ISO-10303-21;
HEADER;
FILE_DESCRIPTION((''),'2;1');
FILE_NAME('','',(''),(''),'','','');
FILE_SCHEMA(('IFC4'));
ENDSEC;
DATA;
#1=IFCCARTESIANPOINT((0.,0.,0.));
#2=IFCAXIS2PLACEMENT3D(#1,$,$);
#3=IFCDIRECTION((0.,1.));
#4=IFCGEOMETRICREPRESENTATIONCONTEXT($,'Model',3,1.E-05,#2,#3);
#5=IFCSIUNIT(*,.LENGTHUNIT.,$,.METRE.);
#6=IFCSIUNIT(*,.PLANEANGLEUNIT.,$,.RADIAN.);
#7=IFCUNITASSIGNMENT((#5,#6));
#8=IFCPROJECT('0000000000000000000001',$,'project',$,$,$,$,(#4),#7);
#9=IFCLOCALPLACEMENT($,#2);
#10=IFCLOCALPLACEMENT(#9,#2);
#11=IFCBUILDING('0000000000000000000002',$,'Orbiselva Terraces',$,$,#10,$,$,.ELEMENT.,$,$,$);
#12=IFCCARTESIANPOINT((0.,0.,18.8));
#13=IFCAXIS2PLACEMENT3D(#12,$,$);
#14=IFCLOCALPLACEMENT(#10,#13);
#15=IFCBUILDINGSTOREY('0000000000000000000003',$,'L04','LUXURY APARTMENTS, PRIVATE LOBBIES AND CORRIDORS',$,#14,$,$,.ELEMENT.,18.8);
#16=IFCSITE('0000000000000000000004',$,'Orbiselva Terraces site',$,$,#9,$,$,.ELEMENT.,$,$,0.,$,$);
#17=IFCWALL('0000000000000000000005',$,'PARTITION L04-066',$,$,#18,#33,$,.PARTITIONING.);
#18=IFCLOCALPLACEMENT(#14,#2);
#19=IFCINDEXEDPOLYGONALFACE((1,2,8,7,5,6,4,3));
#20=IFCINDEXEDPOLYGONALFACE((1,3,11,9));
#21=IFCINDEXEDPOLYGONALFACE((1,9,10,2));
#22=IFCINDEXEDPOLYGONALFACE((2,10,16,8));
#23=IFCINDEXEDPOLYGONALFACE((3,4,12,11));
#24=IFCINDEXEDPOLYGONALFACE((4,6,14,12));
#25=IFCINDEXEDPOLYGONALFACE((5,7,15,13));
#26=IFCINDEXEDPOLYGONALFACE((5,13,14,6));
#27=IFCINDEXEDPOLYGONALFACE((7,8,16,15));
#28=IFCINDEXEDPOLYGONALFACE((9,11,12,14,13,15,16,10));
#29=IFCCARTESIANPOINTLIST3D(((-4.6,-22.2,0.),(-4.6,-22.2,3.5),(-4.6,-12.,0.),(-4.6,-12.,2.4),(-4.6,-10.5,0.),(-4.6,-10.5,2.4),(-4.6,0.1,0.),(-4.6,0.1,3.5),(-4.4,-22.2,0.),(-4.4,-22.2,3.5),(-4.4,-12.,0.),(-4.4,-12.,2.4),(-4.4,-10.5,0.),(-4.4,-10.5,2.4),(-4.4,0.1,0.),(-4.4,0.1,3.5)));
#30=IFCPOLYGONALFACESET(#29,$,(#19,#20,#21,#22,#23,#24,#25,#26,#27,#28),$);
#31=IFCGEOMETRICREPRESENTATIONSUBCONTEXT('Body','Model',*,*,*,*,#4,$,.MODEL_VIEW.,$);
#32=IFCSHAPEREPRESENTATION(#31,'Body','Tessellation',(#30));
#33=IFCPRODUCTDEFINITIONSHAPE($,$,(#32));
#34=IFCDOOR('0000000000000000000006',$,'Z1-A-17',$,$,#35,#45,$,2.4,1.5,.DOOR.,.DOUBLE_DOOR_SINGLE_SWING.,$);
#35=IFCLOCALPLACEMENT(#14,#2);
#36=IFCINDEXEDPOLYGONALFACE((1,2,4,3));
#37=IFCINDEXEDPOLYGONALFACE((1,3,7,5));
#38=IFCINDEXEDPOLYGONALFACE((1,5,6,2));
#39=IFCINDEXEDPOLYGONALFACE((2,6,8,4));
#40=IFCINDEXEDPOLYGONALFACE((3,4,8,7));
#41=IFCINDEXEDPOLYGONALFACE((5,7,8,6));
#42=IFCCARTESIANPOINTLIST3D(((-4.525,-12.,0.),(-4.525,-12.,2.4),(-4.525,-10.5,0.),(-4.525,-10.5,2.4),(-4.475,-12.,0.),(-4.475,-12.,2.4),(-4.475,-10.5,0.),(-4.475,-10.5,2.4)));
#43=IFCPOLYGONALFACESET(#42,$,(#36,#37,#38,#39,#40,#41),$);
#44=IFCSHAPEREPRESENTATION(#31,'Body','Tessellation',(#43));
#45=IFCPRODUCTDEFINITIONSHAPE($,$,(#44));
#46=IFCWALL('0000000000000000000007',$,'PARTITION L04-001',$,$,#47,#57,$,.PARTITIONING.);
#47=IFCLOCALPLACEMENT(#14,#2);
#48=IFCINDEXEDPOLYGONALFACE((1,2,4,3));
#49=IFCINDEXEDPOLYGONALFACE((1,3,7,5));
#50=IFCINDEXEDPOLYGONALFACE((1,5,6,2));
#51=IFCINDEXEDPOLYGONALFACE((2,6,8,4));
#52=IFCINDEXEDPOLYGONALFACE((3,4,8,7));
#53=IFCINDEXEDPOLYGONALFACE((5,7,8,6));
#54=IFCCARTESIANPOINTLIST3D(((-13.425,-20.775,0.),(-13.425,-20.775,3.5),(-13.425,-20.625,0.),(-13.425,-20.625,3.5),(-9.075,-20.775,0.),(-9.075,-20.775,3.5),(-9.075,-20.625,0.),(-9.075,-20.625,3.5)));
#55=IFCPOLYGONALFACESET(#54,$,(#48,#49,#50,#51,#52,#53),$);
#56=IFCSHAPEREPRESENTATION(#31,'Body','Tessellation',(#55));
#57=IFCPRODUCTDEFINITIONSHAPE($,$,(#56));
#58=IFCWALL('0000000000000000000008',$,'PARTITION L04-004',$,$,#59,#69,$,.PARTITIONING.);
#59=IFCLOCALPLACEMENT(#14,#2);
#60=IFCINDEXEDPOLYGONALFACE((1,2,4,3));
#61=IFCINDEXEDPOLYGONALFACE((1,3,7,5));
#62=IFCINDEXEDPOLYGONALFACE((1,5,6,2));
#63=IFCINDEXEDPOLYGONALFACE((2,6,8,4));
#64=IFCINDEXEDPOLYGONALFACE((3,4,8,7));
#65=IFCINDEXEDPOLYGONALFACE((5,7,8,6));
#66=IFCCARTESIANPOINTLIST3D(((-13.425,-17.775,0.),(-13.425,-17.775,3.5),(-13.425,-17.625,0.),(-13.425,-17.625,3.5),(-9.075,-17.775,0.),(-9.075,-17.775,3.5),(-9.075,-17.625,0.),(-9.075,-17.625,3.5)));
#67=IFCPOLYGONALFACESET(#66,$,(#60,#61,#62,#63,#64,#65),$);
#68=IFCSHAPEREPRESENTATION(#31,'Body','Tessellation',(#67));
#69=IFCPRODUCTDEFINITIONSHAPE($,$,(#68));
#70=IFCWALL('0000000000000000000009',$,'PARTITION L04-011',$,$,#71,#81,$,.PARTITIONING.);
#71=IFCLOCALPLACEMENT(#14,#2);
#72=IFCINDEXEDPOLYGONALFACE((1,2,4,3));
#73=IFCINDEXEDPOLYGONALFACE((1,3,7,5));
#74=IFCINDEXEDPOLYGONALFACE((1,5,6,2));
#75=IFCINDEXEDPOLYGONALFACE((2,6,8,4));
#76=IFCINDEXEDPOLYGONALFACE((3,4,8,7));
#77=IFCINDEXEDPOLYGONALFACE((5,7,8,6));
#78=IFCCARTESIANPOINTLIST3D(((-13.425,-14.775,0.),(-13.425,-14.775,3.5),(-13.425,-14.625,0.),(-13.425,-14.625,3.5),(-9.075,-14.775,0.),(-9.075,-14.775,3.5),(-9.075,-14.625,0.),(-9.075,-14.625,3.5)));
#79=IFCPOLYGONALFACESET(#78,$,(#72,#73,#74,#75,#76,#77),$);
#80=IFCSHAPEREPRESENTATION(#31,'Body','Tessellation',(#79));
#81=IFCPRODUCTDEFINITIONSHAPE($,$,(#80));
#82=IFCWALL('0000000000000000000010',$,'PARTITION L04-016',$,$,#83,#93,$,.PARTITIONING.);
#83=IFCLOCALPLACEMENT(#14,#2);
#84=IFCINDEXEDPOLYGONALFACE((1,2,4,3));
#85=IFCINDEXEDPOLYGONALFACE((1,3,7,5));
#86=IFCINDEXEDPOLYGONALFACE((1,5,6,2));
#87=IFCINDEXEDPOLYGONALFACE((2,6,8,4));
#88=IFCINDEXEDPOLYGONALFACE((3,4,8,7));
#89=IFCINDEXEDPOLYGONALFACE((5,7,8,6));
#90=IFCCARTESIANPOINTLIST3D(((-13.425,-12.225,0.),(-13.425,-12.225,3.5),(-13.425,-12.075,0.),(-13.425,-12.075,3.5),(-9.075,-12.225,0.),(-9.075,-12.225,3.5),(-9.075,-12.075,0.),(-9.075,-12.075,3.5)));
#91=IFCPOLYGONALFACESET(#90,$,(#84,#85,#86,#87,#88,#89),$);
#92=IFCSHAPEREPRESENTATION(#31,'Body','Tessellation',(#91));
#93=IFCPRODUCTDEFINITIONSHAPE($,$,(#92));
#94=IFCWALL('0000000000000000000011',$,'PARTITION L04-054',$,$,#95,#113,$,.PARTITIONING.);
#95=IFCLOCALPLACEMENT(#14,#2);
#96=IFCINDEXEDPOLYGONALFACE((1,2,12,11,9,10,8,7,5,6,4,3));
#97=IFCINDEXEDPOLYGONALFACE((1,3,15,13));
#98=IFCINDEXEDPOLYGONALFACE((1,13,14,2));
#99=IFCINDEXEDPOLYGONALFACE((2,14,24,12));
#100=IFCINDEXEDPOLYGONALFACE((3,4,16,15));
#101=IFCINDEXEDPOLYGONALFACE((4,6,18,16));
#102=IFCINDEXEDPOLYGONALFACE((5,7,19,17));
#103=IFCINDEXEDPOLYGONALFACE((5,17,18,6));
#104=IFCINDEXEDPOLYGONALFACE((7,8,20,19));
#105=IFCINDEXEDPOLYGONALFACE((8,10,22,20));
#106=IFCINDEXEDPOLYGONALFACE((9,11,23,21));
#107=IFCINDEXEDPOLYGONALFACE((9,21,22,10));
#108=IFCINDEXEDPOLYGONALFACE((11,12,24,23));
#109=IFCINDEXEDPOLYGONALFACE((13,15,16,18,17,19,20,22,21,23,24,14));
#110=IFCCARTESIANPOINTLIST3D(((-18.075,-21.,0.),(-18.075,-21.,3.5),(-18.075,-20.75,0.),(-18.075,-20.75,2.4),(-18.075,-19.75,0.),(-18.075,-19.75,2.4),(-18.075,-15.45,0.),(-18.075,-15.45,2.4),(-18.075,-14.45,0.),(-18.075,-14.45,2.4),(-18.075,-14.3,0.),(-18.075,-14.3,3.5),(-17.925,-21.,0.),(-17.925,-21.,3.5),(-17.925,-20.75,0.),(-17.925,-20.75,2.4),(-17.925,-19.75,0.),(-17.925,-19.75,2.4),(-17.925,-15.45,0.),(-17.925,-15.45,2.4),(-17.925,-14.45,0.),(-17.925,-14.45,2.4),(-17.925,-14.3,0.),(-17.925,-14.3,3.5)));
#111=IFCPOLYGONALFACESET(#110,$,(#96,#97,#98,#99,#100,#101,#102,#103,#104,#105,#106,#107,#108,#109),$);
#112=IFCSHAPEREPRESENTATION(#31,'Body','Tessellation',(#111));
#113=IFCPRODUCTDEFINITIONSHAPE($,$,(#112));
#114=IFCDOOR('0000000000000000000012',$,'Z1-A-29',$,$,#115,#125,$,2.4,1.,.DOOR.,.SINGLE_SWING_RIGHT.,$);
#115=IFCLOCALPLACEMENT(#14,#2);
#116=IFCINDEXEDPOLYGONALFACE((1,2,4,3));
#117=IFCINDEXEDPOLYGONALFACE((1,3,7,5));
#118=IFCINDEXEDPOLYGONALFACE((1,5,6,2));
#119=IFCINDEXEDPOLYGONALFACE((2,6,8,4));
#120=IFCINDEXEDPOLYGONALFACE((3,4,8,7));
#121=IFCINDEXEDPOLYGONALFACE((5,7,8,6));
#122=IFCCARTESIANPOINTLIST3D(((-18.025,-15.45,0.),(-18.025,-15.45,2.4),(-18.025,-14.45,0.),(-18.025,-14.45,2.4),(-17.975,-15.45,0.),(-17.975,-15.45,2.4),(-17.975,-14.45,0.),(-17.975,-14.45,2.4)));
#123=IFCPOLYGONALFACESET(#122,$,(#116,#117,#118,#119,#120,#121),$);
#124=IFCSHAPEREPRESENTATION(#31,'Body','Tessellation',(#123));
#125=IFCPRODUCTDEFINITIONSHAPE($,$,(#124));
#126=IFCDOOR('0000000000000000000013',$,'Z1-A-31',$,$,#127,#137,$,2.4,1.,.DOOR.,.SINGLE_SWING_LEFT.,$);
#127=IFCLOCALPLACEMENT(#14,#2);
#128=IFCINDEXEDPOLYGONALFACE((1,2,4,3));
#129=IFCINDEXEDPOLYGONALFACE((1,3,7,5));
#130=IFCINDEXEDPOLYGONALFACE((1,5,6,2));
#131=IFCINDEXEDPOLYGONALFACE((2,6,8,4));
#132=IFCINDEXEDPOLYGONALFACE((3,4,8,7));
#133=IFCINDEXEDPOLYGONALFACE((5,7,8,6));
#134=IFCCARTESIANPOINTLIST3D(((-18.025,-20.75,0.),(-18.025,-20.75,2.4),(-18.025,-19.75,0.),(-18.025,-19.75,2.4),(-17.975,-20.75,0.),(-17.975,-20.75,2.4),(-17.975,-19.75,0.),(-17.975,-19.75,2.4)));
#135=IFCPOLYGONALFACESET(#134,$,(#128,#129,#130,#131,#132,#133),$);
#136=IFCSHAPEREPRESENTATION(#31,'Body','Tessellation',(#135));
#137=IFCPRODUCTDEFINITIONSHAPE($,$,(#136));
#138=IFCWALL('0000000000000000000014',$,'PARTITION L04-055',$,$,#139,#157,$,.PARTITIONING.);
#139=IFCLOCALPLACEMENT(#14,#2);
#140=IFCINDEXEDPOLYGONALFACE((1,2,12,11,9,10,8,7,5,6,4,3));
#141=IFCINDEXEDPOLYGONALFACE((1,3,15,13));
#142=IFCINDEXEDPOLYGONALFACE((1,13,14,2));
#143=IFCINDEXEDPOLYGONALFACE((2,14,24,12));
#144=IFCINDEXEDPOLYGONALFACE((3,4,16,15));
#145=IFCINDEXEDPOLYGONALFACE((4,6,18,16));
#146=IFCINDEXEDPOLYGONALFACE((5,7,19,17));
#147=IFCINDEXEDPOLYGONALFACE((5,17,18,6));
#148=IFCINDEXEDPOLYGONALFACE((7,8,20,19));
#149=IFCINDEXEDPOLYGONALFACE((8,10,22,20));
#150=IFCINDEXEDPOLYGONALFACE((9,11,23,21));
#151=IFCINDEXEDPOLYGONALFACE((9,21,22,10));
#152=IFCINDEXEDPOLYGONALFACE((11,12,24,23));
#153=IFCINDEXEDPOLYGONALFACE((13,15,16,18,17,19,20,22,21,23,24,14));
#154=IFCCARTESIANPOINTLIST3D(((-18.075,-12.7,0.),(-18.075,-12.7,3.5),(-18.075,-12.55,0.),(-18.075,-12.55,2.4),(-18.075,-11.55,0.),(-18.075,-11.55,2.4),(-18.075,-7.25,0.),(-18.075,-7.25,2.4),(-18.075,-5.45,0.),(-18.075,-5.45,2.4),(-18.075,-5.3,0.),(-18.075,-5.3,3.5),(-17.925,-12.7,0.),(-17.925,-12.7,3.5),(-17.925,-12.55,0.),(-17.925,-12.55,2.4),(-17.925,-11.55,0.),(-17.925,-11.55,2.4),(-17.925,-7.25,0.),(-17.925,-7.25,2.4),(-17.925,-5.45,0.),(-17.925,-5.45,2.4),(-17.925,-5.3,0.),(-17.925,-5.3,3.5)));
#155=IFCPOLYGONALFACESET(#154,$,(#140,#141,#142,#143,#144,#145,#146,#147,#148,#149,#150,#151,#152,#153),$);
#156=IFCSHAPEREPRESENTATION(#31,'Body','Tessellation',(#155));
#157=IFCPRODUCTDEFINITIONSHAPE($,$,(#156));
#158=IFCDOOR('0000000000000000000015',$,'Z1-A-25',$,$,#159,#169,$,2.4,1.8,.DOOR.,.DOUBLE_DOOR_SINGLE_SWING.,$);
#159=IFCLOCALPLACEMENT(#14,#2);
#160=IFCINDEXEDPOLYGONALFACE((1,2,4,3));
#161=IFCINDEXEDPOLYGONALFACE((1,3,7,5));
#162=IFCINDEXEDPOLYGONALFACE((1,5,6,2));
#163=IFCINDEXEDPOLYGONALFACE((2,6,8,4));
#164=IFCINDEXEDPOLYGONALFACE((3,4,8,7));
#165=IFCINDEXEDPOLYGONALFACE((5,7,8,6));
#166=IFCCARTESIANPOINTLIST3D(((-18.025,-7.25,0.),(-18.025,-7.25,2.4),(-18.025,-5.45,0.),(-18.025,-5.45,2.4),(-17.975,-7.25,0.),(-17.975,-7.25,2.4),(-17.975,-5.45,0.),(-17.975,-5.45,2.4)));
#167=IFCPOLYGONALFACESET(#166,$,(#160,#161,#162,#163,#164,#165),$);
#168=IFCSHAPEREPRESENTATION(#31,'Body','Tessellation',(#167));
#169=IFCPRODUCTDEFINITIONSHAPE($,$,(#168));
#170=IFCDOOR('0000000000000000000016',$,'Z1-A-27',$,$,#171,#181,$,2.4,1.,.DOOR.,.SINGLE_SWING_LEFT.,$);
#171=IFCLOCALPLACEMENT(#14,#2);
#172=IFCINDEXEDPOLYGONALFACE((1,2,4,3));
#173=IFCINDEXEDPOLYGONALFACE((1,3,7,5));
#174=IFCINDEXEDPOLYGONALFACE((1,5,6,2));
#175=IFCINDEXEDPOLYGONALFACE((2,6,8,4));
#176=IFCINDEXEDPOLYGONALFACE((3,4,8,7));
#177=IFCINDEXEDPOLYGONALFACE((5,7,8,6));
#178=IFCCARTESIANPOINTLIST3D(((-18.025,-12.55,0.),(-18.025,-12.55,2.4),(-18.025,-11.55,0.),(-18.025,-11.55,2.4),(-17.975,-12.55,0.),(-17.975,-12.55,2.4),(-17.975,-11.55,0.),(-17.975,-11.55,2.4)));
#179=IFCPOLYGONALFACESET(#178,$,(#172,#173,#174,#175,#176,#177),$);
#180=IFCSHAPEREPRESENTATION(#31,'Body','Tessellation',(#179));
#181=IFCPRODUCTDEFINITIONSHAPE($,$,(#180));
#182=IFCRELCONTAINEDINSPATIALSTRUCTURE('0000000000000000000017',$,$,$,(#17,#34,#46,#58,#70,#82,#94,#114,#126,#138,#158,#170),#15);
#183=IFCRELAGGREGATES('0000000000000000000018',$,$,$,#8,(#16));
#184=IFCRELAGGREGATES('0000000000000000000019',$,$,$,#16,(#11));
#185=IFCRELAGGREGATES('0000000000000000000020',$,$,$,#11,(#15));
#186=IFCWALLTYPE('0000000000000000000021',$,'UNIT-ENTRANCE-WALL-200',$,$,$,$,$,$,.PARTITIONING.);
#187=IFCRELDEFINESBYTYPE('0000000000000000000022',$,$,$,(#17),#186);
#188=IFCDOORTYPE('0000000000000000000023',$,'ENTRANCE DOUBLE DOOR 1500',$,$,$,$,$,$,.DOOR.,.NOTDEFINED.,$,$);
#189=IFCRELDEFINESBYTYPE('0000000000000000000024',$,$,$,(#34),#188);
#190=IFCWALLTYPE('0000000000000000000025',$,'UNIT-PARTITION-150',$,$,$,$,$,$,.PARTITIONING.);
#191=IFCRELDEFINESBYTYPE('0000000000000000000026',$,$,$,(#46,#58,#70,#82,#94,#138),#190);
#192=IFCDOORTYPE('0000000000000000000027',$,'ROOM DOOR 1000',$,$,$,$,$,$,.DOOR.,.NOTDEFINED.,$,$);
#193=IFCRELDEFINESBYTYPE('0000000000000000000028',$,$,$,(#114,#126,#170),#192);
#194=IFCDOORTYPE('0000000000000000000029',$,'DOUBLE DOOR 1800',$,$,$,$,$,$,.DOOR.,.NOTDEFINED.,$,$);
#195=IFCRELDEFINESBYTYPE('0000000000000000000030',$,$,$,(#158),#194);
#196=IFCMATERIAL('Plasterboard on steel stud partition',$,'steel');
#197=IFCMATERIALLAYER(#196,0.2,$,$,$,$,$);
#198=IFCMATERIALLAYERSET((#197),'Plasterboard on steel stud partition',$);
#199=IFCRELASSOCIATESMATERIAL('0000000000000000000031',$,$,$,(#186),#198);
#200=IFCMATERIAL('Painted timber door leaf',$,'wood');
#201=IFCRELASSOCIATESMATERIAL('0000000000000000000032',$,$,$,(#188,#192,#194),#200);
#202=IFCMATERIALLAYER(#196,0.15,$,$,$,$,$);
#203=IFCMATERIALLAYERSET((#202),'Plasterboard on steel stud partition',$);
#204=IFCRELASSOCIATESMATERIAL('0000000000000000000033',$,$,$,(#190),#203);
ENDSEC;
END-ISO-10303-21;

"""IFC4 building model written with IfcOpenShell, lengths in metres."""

from ifc_helpers import new_model, si_unit, direction, frame, frame_2d, origin, place, context, subcontext, project, spatial, rectangle, extrude, material, layer, layer_set, type_object, element, fill, save


model = new_model("IFC4")

# Units and contexts
model_context = context("Model", 3, precision=1e-05, world=origin(), true_north=direction((0.0, 1.0)))
body_context = subcontext(model_context, "Body", "Model", "MODEL_VIEW")
ifc_project = project(units=[si_unit("LENGTHUNIT", "METRE"), si_unit("PLANEANGLEUNIT", "RADIAN")], contexts=[model_context])

# Site, building, storey
site_placement = place(None, origin())
site = spatial("IfcSite", under=ifc_project, at=site_placement, Name="Orbiselva Terraces site", CompositionType="ELEMENT", RefElevation=0.0)
building_placement = place(site_placement, origin())
building = spatial("IfcBuilding", under=site, at=building_placement, Name="Orbiselva Terraces", CompositionType="ELEMENT")
storey_placement = place(building_placement, frame((0.0, 0.0, 18.8)))
storey = spatial("IfcBuildingStorey", under=building, at=storey_placement, Name="L04", Description="LUXURY APARTMENTS, PRIVATE LOBBIES AND CORRIDORS", CompositionType="ELEMENT", Elevation=18.8)

# Wall, opening, door
ifc_material_1 = material(Name="Plasterboard on steel stud partition", Category="steel")
ifc_layer_1 = layer(ifc_material_1, 0.2)
ifc_layer_set_1 = layer_set([ifc_layer_1], Name="Plasterboard on steel stud partition")
wall_type_1 = type_object("IfcWallType", Name="UNIT-ENTRANCE-WALL-200", PredefinedType="PARTITIONING", material=ifc_layer_set_1)
wall_1_placement = place(storey_placement, frame((-4.5, -22.2, 0.0), z_axis=(0.0, 0.0, 1.0), x_axis=(0.0, 1.0, 0.0)))
wall_1 = element("IfcWall", 1, at=wall_1_placement, inside=storey, type_object=wall_type_1, Name="PARTITION L04-066", PredefinedType="PARTITIONING", context=body_context, shape_type="SweptSolid", body=[
    extrude(rectangle(XDim=22.3, YDim=0.2, at=frame_2d((11.15, 0.0))), origin(), (0.0, 0.0, 1.0), 3.5),
])
opening_1_placement = place(wall_1_placement, frame((10.2, 0.0, 0.0)))
opening_1 = element("IfcOpeningElement", 2, at=opening_1_placement, cuts=wall_1, PredefinedType="OPENING", context=body_context, shape_type="SweptSolid", body=[
    extrude(rectangle(XDim=1.5, YDim=2.4, at=frame_2d((0.75, 1.2))), frame((0.0, 0.11, 0.0), z_axis=(0.0, -1.0, 0.0), x_axis=(1.0, 0.0, 0.0)), (0.0, 0.0, 1.0), 0.22),
])
ifc_material_2 = material(Name="Painted timber door leaf", Category="wood")
door_type_1 = type_object("IfcDoorType", Name="ENTRANCE DOUBLE DOOR 1500", OperationType="NOTDEFINED", PredefinedType="DOOR", material=ifc_material_2)
door_1_placement = place(opening_1_placement, origin())
door_1 = element("IfcDoor", 3, at=door_1_placement, inside=storey, type_object=door_type_1, Name="Z1-A-17", OperationType="DOUBLE_DOOR_SINGLE_SWING", OverallHeight=2.4, OverallWidth=1.5, PredefinedType="DOOR", context=body_context, shape_type="SweptSolid", body=[
    extrude(rectangle(XDim=1.5, YDim=2.4, at=frame_2d((0.75, 1.2))), frame((0.0, 0.025, 0.0), z_axis=(0.0, -1.0, 0.0), x_axis=(1.0, 0.0, 0.0)), (0.0, 0.0, 1.0), 0.05),
])
fill(opening_1, door_1)

# Walls
ifc_layer_2 = layer(ifc_material_1, 0.15)
ifc_layer_set_2 = layer_set([ifc_layer_2], Name="Plasterboard on steel stud partition")
wall_type_2 = type_object("IfcWallType", Name="UNIT-PARTITION-150", PredefinedType="PARTITIONING", material=ifc_layer_set_2)
for number, where, z_axis, x_axis, name in (
    (4, (-13.425, -20.7, 0.0), (0.0, 0.0, 1.0), (1.0, 0.0, 0.0), "PARTITION L04-001"),
    (5, (-13.425, -17.7, 0.0), (0.0, 0.0, 1.0), (1.0, 0.0, 0.0), "PARTITION L04-004"),
    (6, (-13.425, -14.7, 0.0), (0.0, 0.0, 1.0), (1.0, 0.0, 0.0), "PARTITION L04-011"),
    (7, (-13.425, -12.15, 0.0), (0.0, 0.0, 1.0), (1.0, 0.0, 0.0), "PARTITION L04-016"),
):
    element("IfcWall", number, at=place(storey_placement, frame(where, z_axis=z_axis, x_axis=x_axis)), inside=storey, type_object=wall_type_2, Name=name, PredefinedType="PARTITIONING", context=body_context, shape_type="SweptSolid", body=[
        extrude(rectangle(XDim=4.35, YDim=0.15, at=frame_2d((2.175, 0.0))), origin(), (0.0, 0.0, 1.0), 3.5),
    ])

# Walls, openings, doors
wall_2_placement = place(storey_placement, frame((-18.0, -21.0, 0.0), z_axis=(0.0, 0.0, 1.0), x_axis=(0.0, 1.0, 0.0)))
wall_2 = element("IfcWall", 8, at=wall_2_placement, inside=storey, type_object=wall_type_2, Name="PARTITION L04-054", PredefinedType="PARTITIONING", context=body_context, shape_type="SweptSolid", body=[
    extrude(rectangle(XDim=6.7, YDim=0.15, at=frame_2d((3.35, 0.0))), origin(), (0.0, 0.0, 1.0), 3.5),
])
opening_2_placement = place(wall_2_placement, frame((5.55, 0.0, 0.0)))
opening_2 = element("IfcOpeningElement", 9, at=opening_2_placement, cuts=wall_2, PredefinedType="OPENING", context=body_context, shape_type="SweptSolid", body=[
    extrude(rectangle(XDim=1.0, YDim=2.4, at=frame_2d((0.5, 1.2))), frame((0.0, 0.085, 0.0), z_axis=(0.0, -1.0, 0.0), x_axis=(1.0, 0.0, 0.0)), (0.0, 0.0, 1.0), 0.17),
])
opening_3_placement = place(wall_2_placement, frame((0.25, 0.0, 0.0)))
opening_3 = element("IfcOpeningElement", 10, at=opening_3_placement, cuts=wall_2, PredefinedType="OPENING", context=body_context, shape_type="SweptSolid", body=[
    extrude(rectangle(XDim=1.0, YDim=2.4, at=frame_2d((0.5, 1.2))), frame((0.0, 0.085, 0.0), z_axis=(0.0, -1.0, 0.0), x_axis=(1.0, 0.0, 0.0)), (0.0, 0.0, 1.0), 0.17),
])
door_type_2 = type_object("IfcDoorType", Name="ROOM DOOR 1000", OperationType="NOTDEFINED", PredefinedType="DOOR", material=ifc_material_2)
door_2_placement = place(opening_2_placement, origin())
door_2 = element("IfcDoor", 11, at=door_2_placement, inside=storey, type_object=door_type_2, Name="Z1-A-29", OperationType="SINGLE_SWING_RIGHT", OverallHeight=2.4, OverallWidth=1.0, PredefinedType="DOOR", context=body_context, shape_type="SweptSolid", body=[
    extrude(rectangle(XDim=1.0, YDim=2.4, at=frame_2d((0.5, 1.2))), frame((0.0, 0.025, 0.0), z_axis=(0.0, -1.0, 0.0), x_axis=(1.0, 0.0, 0.0)), (0.0, 0.0, 1.0), 0.05),
])
fill(opening_2, door_2)
door_3_placement = place(opening_3_placement, origin())
door_3 = element("IfcDoor", 12, at=door_3_placement, inside=storey, type_object=door_type_2, Name="Z1-A-31", OperationType="SINGLE_SWING_LEFT", OverallHeight=2.4, OverallWidth=1.0, PredefinedType="DOOR", context=body_context, shape_type="SweptSolid", body=[
    extrude(rectangle(XDim=1.0, YDim=2.4, at=frame_2d((0.5, 1.2))), frame((0.0, 0.025, 0.0), z_axis=(0.0, -1.0, 0.0), x_axis=(1.0, 0.0, 0.0)), (0.0, 0.0, 1.0), 0.05),
])
fill(opening_3, door_3)
wall_3_placement = place(storey_placement, frame((-18.0, -12.7, 0.0), z_axis=(0.0, 0.0, 1.0), x_axis=(0.0, 1.0, 0.0)))
wall_3 = element("IfcWall", 13, at=wall_3_placement, inside=storey, type_object=wall_type_2, Name="PARTITION L04-055", PredefinedType="PARTITIONING", context=body_context, shape_type="SweptSolid", body=[
    extrude(rectangle(XDim=7.4, YDim=0.15, at=frame_2d((3.7, 0.0))), origin(), (0.0, 0.0, 1.0), 3.5),
])
opening_4_placement = place(wall_3_placement, frame((5.45, 0.0, 0.0)))
opening_4 = element("IfcOpeningElement", 14, at=opening_4_placement, cuts=wall_3, PredefinedType="OPENING", context=body_context, shape_type="SweptSolid", body=[
    extrude(rectangle(XDim=1.8, YDim=2.4, at=frame_2d((0.9, 1.2))), frame((0.0, 0.085, 0.0), z_axis=(0.0, -1.0, 0.0), x_axis=(1.0, 0.0, 0.0)), (0.0, 0.0, 1.0), 0.17),
])
opening_5_placement = place(wall_3_placement, frame((0.15, 0.0, 0.0)))
opening_5 = element("IfcOpeningElement", 15, at=opening_5_placement, cuts=wall_3, PredefinedType="OPENING", context=body_context, shape_type="SweptSolid", body=[
    extrude(rectangle(XDim=1.0, YDim=2.4, at=frame_2d((0.5, 1.2))), frame((0.0, 0.085, 0.0), z_axis=(0.0, -1.0, 0.0), x_axis=(1.0, 0.0, 0.0)), (0.0, 0.0, 1.0), 0.17),
])
door_type_3 = type_object("IfcDoorType", Name="DOUBLE DOOR 1800", OperationType="NOTDEFINED", PredefinedType="DOOR", material=ifc_material_2)
door_4_placement = place(opening_4_placement, origin())
door_4 = element("IfcDoor", 16, at=door_4_placement, inside=storey, type_object=door_type_3, Name="Z1-A-25", OperationType="DOUBLE_DOOR_SINGLE_SWING", OverallHeight=2.4, OverallWidth=1.8, PredefinedType="DOOR", context=body_context, shape_type="SweptSolid", body=[
    extrude(rectangle(XDim=1.8, YDim=2.4, at=frame_2d((0.9, 1.2))), frame((0.0, 0.025, 0.0), z_axis=(0.0, -1.0, 0.0), x_axis=(1.0, 0.0, 0.0)), (0.0, 0.0, 1.0), 0.05),
])
fill(opening_4, door_4)
door_5_placement = place(opening_5_placement, origin())
door_5 = element("IfcDoor", 17, at=door_5_placement, inside=storey, type_object=door_type_2, Name="Z1-A-27", OperationType="SINGLE_SWING_LEFT", OverallHeight=2.4, OverallWidth=1.0, PredefinedType="DOOR", context=body_context, shape_type="SweptSolid", body=[
    extrude(rectangle(XDim=1.0, YDim=2.4, at=frame_2d((0.5, 1.2))), frame((0.0, 0.025, 0.0), z_axis=(0.0, -1.0, 0.0), x_axis=(1.0, 0.0, 0.0)), (0.0, 0.0, 1.0), 0.05),
])
fill(opening_5, door_5)

save(model, "model.ifc")
